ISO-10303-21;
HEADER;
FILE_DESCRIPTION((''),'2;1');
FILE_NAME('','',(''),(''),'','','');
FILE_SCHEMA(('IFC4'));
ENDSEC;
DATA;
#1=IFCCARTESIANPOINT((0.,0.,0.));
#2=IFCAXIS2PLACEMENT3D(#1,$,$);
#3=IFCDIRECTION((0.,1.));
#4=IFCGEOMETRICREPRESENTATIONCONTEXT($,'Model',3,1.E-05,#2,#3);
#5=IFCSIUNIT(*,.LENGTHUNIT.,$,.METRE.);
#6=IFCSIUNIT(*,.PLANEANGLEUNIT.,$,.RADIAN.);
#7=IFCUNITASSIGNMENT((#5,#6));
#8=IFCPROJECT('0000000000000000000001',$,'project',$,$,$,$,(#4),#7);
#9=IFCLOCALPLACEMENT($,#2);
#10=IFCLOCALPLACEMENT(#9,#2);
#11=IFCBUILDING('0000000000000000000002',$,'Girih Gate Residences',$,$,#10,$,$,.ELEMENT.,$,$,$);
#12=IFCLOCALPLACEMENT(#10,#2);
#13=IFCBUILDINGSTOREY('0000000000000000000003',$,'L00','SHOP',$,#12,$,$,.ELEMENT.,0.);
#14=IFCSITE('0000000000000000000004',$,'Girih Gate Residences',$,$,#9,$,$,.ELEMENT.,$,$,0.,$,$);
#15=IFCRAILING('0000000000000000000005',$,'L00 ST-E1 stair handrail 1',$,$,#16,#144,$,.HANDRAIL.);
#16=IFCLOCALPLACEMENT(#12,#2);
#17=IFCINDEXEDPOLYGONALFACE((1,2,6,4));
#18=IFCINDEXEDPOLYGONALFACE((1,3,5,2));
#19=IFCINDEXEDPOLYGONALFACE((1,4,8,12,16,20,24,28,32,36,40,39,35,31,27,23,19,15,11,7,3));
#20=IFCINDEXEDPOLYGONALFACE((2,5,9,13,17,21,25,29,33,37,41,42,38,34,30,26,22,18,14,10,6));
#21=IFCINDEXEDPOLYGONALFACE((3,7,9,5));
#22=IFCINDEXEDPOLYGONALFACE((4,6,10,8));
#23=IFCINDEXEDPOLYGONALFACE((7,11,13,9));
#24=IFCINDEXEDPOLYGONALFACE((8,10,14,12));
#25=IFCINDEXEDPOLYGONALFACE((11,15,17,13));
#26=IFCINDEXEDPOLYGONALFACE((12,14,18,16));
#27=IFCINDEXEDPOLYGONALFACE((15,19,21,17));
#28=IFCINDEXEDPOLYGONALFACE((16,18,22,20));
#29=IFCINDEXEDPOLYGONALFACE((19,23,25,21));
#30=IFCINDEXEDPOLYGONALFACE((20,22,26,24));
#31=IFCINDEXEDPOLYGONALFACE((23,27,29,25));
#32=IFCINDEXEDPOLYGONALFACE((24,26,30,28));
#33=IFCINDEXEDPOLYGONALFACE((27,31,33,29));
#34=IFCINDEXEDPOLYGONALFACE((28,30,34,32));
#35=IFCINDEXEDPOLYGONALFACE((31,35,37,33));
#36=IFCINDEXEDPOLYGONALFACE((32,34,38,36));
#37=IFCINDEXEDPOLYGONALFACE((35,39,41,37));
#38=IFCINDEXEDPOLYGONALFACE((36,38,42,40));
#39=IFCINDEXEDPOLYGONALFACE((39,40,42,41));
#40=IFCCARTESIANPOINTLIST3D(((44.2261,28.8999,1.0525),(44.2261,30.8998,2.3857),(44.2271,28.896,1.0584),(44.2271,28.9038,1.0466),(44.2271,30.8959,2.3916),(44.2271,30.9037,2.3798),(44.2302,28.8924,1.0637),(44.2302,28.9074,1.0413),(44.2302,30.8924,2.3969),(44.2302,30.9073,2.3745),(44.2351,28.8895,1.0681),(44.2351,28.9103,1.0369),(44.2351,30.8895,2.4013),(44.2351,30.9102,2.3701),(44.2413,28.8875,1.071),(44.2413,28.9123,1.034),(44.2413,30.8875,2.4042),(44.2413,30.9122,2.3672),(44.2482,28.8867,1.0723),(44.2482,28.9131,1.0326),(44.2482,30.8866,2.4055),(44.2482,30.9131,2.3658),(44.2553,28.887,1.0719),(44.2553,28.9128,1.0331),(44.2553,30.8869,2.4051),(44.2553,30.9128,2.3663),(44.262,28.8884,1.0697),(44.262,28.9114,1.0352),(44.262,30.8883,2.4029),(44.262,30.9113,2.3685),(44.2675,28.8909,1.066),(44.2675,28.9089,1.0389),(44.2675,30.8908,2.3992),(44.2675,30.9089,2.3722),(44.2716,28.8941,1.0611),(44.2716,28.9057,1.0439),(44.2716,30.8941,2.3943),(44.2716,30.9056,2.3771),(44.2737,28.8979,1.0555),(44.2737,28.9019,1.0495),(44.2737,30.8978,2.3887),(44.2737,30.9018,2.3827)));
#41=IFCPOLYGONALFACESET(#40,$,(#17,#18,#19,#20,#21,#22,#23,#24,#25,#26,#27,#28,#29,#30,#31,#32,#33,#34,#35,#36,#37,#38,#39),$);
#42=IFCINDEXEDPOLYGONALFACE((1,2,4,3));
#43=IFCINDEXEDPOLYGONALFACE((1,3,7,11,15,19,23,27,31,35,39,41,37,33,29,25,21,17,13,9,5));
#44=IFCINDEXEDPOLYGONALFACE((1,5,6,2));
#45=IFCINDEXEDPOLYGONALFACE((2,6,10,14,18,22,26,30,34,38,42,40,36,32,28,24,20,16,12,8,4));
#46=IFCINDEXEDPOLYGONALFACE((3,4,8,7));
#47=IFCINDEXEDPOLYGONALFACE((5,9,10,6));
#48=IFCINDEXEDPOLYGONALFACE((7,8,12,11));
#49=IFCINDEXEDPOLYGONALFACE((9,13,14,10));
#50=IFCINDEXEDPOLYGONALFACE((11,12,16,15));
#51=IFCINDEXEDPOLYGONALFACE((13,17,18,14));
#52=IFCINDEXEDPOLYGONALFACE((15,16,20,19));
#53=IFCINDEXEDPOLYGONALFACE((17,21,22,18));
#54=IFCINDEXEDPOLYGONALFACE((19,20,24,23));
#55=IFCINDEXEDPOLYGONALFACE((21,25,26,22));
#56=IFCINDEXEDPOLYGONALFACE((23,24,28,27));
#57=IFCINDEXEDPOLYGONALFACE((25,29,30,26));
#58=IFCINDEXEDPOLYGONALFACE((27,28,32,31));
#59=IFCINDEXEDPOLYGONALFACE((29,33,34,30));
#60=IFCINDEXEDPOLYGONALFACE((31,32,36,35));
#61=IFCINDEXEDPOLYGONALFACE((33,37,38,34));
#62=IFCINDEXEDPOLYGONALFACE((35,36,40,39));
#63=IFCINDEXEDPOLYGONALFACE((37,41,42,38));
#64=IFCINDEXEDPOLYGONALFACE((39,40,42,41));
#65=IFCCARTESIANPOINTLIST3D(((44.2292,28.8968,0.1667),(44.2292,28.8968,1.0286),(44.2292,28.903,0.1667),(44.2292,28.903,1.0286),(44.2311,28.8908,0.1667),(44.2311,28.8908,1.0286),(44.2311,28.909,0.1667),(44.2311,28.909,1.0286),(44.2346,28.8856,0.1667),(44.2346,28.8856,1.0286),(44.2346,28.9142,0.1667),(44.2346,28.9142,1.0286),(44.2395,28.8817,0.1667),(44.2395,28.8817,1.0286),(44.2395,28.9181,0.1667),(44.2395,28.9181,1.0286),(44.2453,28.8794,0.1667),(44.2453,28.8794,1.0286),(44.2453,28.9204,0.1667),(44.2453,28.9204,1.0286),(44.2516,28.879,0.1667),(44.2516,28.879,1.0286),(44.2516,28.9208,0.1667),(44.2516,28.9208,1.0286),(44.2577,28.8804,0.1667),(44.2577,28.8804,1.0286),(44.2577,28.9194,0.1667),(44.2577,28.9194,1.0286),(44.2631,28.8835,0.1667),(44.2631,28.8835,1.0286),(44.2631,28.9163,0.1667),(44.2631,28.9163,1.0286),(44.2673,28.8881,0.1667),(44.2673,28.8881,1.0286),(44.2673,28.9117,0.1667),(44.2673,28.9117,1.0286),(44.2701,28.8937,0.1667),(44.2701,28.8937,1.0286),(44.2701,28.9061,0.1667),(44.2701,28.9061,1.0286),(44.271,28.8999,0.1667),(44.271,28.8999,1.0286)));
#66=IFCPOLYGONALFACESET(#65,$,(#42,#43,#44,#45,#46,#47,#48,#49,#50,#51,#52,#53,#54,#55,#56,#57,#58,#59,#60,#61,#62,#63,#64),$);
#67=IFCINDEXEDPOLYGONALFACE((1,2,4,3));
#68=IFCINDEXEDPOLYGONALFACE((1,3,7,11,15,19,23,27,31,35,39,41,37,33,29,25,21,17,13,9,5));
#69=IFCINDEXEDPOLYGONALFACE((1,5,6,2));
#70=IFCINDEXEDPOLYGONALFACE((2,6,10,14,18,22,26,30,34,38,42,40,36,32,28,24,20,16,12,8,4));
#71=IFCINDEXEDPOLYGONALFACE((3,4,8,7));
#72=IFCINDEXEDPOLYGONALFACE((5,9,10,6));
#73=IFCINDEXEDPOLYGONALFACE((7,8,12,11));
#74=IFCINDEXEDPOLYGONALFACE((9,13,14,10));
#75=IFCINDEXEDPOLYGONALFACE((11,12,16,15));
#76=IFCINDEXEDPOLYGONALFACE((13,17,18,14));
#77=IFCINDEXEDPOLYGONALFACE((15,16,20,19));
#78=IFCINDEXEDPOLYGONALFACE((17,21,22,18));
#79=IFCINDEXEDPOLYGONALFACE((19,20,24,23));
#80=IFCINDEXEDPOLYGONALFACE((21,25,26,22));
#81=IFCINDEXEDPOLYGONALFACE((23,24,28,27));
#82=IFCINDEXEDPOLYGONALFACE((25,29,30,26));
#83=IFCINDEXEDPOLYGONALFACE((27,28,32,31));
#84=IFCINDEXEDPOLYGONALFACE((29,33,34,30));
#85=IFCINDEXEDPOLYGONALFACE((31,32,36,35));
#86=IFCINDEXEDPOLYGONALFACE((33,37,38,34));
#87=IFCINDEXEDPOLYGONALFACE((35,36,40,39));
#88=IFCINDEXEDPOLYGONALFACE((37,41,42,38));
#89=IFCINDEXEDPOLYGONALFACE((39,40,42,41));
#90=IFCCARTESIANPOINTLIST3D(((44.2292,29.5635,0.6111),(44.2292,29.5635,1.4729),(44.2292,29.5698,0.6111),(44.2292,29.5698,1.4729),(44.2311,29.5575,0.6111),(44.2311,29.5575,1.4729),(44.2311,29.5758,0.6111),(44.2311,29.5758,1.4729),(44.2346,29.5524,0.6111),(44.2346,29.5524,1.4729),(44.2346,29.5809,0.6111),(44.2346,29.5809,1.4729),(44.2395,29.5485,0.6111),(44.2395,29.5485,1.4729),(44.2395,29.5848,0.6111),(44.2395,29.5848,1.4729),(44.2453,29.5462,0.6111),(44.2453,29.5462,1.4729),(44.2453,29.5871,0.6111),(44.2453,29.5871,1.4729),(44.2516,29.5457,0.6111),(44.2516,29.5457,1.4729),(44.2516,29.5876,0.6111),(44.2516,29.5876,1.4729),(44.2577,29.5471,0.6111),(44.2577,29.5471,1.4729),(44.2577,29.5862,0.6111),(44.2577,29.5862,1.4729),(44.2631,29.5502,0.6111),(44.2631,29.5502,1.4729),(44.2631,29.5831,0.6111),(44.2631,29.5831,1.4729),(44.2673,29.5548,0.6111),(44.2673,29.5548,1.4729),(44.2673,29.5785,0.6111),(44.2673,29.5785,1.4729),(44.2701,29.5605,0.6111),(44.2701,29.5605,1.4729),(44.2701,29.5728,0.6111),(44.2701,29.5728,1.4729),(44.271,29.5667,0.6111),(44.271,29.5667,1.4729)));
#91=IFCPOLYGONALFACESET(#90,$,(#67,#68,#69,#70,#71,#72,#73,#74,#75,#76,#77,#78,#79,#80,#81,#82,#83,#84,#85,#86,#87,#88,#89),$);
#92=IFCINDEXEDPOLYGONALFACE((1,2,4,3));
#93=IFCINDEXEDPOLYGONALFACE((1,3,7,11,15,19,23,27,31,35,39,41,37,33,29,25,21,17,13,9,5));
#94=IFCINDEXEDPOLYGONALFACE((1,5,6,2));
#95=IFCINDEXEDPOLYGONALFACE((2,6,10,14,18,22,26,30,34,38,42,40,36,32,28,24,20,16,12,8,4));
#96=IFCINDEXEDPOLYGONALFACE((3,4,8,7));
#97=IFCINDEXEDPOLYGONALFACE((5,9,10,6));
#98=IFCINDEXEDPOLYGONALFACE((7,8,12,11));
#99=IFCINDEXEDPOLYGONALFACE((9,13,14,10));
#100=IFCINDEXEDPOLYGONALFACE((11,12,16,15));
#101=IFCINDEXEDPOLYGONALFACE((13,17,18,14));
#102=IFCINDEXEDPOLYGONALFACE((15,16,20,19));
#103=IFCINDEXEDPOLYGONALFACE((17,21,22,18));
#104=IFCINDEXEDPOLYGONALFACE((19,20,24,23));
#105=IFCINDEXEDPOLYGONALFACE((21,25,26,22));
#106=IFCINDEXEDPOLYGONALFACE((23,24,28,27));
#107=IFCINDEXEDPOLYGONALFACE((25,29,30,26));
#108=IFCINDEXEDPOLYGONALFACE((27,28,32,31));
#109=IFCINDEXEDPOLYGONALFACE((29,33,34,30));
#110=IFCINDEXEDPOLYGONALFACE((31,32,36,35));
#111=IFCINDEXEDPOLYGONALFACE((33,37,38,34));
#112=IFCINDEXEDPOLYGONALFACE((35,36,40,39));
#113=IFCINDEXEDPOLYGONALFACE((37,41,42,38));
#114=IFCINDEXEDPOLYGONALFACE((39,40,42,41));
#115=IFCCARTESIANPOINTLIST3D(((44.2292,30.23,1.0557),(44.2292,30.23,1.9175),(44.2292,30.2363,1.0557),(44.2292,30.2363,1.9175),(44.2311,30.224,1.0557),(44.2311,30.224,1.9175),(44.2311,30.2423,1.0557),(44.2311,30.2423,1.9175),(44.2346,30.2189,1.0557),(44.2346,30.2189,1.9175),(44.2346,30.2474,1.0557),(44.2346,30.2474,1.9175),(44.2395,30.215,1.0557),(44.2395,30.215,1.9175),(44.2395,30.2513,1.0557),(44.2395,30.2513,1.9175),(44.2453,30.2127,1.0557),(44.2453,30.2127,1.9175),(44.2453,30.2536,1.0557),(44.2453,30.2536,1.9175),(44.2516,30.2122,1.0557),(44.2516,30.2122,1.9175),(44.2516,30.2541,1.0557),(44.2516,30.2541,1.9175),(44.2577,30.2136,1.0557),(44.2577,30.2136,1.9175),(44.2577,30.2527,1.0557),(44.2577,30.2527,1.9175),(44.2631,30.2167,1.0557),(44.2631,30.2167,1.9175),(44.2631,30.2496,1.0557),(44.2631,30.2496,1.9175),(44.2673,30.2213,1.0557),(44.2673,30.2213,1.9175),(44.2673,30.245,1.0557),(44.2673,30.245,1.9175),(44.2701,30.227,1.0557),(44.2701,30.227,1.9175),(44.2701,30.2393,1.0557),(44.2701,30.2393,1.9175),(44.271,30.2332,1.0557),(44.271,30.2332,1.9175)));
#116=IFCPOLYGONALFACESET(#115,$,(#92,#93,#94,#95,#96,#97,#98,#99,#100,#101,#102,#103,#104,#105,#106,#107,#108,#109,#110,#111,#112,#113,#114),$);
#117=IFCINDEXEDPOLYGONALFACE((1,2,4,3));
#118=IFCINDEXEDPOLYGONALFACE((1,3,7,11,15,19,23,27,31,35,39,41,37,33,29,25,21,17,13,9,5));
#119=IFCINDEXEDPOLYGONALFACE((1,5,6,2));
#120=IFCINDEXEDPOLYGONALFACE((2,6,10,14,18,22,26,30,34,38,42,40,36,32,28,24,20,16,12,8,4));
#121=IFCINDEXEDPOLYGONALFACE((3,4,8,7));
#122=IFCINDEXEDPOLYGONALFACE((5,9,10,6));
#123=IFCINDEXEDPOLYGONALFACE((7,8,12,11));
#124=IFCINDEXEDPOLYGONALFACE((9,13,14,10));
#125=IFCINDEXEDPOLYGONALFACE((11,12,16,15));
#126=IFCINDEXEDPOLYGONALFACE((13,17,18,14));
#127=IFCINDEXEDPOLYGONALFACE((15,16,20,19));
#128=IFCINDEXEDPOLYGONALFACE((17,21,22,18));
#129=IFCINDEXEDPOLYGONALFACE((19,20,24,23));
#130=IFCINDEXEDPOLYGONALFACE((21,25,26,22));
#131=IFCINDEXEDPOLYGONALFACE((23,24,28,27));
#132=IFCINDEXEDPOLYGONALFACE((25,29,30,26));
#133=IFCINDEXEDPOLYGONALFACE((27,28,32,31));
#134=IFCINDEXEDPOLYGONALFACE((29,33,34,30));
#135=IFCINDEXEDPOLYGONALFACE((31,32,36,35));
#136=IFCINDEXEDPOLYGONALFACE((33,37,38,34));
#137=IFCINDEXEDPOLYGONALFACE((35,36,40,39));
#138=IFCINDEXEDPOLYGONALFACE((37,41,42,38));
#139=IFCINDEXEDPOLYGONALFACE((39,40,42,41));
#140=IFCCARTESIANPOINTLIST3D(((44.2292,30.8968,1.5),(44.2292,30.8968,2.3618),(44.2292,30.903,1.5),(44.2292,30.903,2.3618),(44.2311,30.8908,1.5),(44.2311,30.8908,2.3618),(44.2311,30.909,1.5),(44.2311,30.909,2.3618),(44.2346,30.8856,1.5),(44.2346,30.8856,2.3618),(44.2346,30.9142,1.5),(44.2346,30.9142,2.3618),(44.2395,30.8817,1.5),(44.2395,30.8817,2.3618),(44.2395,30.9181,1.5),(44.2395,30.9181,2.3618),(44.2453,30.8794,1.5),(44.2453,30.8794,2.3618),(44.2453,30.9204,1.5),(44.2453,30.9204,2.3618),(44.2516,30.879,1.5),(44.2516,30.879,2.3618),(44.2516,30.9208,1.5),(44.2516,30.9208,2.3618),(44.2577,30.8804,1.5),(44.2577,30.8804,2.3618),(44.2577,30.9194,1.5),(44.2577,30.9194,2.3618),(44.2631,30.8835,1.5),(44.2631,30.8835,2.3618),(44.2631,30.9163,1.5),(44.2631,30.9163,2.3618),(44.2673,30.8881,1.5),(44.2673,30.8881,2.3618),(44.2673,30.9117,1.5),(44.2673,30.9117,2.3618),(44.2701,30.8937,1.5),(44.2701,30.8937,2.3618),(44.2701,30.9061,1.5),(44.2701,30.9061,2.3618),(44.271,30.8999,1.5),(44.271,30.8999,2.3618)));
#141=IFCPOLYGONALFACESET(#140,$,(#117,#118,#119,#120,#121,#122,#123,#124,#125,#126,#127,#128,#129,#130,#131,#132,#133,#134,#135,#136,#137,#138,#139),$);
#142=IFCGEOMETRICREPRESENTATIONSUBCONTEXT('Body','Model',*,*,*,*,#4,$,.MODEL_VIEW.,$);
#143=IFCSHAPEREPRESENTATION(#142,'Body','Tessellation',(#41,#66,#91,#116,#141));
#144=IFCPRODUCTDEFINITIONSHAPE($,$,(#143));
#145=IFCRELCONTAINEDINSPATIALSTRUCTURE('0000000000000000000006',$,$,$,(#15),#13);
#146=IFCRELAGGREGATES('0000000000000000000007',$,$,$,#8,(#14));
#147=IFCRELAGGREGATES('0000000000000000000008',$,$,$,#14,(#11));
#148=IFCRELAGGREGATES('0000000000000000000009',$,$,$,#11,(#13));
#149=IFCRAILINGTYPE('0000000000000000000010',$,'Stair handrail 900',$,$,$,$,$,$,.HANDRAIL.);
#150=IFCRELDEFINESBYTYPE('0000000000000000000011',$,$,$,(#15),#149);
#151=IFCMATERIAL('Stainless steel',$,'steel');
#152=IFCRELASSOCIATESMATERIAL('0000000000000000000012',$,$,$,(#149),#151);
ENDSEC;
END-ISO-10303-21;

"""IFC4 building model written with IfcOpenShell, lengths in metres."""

from ifc_helpers import new_model, si_unit, direction, frame, origin, origin_2d, place, context, subcontext, project, spatial, circle, extrude, material, type_object, element, save


model = new_model("IFC4")

# Units and contexts
model_context = context("Model", 3, precision=1e-05, world=origin(), true_north=direction((0.0, 1.0)))
body_context = subcontext(model_context, "Body", "Model", "MODEL_VIEW")
ifc_project = project(units=[si_unit("LENGTHUNIT", "METRE"), si_unit("PLANEANGLEUNIT", "RADIAN")], contexts=[model_context])

# Site, building, storey
site_placement = place(None, origin())
site = spatial("IfcSite", under=ifc_project, at=site_placement, Name="Girih Gate Residences", CompositionType="ELEMENT", RefElevation=0.0)
building_placement = place(site_placement, origin())
building = spatial("IfcBuilding", under=site, at=building_placement, Name="Girih Gate Residences", CompositionType="ELEMENT")
storey_placement = place(building_placement, origin())
storey = spatial("IfcBuildingStorey", under=building, at=storey_placement, Name="L00", Description="SHOP", CompositionType="ELEMENT", Elevation=0.0)

# Railing
ifc_material_1 = material(Name="Stainless steel", Category="steel")
railing_type_1 = type_object("IfcRailingType", Name="Stair handrail 900", PredefinedType="HANDRAIL", material=ifc_material_1)
railing_1_placement = place(storey_placement, frame((44.25, 28.8999, 0.1667)))
element("IfcRailing", 1, at=railing_1_placement, inside=storey, type_object=railing_type_1, Name="L00 ST-E1 stair handrail 1", PredefinedType="HANDRAIL", context=body_context, shape_type="SweptSolid", body=[
    extrude(circle(Radius=0.0239, at=origin_2d()), frame((0.0, 0.0, 0.8857), z_axis=(0.0, 0.832066, 0.554677), x_axis=(-1.0, 0.0, 0.0)), (0.0, 0.0, 1.0), 2.4036),
    extrude(circle(Radius=0.021, at=origin_2d()), origin(), (0.0, 0.0, 1.0), 0.8618),
    extrude(circle(Radius=0.021, at=origin_2d()), frame((0.0, 0.6667, 0.4443)), (0.0, 0.0, 1.0), 0.8618),
    extrude(circle(Radius=0.021, at=origin_2d()), frame((0.0, 1.3333, 0.8889)), (0.0, 0.0, 1.0), 0.8618),
    extrude(circle(Radius=0.021, at=origin_2d()), frame((0.0, 2.0, 1.3333)), (0.0, 0.0, 1.0), 0.8618),
])

save(model, "model.ifc")
